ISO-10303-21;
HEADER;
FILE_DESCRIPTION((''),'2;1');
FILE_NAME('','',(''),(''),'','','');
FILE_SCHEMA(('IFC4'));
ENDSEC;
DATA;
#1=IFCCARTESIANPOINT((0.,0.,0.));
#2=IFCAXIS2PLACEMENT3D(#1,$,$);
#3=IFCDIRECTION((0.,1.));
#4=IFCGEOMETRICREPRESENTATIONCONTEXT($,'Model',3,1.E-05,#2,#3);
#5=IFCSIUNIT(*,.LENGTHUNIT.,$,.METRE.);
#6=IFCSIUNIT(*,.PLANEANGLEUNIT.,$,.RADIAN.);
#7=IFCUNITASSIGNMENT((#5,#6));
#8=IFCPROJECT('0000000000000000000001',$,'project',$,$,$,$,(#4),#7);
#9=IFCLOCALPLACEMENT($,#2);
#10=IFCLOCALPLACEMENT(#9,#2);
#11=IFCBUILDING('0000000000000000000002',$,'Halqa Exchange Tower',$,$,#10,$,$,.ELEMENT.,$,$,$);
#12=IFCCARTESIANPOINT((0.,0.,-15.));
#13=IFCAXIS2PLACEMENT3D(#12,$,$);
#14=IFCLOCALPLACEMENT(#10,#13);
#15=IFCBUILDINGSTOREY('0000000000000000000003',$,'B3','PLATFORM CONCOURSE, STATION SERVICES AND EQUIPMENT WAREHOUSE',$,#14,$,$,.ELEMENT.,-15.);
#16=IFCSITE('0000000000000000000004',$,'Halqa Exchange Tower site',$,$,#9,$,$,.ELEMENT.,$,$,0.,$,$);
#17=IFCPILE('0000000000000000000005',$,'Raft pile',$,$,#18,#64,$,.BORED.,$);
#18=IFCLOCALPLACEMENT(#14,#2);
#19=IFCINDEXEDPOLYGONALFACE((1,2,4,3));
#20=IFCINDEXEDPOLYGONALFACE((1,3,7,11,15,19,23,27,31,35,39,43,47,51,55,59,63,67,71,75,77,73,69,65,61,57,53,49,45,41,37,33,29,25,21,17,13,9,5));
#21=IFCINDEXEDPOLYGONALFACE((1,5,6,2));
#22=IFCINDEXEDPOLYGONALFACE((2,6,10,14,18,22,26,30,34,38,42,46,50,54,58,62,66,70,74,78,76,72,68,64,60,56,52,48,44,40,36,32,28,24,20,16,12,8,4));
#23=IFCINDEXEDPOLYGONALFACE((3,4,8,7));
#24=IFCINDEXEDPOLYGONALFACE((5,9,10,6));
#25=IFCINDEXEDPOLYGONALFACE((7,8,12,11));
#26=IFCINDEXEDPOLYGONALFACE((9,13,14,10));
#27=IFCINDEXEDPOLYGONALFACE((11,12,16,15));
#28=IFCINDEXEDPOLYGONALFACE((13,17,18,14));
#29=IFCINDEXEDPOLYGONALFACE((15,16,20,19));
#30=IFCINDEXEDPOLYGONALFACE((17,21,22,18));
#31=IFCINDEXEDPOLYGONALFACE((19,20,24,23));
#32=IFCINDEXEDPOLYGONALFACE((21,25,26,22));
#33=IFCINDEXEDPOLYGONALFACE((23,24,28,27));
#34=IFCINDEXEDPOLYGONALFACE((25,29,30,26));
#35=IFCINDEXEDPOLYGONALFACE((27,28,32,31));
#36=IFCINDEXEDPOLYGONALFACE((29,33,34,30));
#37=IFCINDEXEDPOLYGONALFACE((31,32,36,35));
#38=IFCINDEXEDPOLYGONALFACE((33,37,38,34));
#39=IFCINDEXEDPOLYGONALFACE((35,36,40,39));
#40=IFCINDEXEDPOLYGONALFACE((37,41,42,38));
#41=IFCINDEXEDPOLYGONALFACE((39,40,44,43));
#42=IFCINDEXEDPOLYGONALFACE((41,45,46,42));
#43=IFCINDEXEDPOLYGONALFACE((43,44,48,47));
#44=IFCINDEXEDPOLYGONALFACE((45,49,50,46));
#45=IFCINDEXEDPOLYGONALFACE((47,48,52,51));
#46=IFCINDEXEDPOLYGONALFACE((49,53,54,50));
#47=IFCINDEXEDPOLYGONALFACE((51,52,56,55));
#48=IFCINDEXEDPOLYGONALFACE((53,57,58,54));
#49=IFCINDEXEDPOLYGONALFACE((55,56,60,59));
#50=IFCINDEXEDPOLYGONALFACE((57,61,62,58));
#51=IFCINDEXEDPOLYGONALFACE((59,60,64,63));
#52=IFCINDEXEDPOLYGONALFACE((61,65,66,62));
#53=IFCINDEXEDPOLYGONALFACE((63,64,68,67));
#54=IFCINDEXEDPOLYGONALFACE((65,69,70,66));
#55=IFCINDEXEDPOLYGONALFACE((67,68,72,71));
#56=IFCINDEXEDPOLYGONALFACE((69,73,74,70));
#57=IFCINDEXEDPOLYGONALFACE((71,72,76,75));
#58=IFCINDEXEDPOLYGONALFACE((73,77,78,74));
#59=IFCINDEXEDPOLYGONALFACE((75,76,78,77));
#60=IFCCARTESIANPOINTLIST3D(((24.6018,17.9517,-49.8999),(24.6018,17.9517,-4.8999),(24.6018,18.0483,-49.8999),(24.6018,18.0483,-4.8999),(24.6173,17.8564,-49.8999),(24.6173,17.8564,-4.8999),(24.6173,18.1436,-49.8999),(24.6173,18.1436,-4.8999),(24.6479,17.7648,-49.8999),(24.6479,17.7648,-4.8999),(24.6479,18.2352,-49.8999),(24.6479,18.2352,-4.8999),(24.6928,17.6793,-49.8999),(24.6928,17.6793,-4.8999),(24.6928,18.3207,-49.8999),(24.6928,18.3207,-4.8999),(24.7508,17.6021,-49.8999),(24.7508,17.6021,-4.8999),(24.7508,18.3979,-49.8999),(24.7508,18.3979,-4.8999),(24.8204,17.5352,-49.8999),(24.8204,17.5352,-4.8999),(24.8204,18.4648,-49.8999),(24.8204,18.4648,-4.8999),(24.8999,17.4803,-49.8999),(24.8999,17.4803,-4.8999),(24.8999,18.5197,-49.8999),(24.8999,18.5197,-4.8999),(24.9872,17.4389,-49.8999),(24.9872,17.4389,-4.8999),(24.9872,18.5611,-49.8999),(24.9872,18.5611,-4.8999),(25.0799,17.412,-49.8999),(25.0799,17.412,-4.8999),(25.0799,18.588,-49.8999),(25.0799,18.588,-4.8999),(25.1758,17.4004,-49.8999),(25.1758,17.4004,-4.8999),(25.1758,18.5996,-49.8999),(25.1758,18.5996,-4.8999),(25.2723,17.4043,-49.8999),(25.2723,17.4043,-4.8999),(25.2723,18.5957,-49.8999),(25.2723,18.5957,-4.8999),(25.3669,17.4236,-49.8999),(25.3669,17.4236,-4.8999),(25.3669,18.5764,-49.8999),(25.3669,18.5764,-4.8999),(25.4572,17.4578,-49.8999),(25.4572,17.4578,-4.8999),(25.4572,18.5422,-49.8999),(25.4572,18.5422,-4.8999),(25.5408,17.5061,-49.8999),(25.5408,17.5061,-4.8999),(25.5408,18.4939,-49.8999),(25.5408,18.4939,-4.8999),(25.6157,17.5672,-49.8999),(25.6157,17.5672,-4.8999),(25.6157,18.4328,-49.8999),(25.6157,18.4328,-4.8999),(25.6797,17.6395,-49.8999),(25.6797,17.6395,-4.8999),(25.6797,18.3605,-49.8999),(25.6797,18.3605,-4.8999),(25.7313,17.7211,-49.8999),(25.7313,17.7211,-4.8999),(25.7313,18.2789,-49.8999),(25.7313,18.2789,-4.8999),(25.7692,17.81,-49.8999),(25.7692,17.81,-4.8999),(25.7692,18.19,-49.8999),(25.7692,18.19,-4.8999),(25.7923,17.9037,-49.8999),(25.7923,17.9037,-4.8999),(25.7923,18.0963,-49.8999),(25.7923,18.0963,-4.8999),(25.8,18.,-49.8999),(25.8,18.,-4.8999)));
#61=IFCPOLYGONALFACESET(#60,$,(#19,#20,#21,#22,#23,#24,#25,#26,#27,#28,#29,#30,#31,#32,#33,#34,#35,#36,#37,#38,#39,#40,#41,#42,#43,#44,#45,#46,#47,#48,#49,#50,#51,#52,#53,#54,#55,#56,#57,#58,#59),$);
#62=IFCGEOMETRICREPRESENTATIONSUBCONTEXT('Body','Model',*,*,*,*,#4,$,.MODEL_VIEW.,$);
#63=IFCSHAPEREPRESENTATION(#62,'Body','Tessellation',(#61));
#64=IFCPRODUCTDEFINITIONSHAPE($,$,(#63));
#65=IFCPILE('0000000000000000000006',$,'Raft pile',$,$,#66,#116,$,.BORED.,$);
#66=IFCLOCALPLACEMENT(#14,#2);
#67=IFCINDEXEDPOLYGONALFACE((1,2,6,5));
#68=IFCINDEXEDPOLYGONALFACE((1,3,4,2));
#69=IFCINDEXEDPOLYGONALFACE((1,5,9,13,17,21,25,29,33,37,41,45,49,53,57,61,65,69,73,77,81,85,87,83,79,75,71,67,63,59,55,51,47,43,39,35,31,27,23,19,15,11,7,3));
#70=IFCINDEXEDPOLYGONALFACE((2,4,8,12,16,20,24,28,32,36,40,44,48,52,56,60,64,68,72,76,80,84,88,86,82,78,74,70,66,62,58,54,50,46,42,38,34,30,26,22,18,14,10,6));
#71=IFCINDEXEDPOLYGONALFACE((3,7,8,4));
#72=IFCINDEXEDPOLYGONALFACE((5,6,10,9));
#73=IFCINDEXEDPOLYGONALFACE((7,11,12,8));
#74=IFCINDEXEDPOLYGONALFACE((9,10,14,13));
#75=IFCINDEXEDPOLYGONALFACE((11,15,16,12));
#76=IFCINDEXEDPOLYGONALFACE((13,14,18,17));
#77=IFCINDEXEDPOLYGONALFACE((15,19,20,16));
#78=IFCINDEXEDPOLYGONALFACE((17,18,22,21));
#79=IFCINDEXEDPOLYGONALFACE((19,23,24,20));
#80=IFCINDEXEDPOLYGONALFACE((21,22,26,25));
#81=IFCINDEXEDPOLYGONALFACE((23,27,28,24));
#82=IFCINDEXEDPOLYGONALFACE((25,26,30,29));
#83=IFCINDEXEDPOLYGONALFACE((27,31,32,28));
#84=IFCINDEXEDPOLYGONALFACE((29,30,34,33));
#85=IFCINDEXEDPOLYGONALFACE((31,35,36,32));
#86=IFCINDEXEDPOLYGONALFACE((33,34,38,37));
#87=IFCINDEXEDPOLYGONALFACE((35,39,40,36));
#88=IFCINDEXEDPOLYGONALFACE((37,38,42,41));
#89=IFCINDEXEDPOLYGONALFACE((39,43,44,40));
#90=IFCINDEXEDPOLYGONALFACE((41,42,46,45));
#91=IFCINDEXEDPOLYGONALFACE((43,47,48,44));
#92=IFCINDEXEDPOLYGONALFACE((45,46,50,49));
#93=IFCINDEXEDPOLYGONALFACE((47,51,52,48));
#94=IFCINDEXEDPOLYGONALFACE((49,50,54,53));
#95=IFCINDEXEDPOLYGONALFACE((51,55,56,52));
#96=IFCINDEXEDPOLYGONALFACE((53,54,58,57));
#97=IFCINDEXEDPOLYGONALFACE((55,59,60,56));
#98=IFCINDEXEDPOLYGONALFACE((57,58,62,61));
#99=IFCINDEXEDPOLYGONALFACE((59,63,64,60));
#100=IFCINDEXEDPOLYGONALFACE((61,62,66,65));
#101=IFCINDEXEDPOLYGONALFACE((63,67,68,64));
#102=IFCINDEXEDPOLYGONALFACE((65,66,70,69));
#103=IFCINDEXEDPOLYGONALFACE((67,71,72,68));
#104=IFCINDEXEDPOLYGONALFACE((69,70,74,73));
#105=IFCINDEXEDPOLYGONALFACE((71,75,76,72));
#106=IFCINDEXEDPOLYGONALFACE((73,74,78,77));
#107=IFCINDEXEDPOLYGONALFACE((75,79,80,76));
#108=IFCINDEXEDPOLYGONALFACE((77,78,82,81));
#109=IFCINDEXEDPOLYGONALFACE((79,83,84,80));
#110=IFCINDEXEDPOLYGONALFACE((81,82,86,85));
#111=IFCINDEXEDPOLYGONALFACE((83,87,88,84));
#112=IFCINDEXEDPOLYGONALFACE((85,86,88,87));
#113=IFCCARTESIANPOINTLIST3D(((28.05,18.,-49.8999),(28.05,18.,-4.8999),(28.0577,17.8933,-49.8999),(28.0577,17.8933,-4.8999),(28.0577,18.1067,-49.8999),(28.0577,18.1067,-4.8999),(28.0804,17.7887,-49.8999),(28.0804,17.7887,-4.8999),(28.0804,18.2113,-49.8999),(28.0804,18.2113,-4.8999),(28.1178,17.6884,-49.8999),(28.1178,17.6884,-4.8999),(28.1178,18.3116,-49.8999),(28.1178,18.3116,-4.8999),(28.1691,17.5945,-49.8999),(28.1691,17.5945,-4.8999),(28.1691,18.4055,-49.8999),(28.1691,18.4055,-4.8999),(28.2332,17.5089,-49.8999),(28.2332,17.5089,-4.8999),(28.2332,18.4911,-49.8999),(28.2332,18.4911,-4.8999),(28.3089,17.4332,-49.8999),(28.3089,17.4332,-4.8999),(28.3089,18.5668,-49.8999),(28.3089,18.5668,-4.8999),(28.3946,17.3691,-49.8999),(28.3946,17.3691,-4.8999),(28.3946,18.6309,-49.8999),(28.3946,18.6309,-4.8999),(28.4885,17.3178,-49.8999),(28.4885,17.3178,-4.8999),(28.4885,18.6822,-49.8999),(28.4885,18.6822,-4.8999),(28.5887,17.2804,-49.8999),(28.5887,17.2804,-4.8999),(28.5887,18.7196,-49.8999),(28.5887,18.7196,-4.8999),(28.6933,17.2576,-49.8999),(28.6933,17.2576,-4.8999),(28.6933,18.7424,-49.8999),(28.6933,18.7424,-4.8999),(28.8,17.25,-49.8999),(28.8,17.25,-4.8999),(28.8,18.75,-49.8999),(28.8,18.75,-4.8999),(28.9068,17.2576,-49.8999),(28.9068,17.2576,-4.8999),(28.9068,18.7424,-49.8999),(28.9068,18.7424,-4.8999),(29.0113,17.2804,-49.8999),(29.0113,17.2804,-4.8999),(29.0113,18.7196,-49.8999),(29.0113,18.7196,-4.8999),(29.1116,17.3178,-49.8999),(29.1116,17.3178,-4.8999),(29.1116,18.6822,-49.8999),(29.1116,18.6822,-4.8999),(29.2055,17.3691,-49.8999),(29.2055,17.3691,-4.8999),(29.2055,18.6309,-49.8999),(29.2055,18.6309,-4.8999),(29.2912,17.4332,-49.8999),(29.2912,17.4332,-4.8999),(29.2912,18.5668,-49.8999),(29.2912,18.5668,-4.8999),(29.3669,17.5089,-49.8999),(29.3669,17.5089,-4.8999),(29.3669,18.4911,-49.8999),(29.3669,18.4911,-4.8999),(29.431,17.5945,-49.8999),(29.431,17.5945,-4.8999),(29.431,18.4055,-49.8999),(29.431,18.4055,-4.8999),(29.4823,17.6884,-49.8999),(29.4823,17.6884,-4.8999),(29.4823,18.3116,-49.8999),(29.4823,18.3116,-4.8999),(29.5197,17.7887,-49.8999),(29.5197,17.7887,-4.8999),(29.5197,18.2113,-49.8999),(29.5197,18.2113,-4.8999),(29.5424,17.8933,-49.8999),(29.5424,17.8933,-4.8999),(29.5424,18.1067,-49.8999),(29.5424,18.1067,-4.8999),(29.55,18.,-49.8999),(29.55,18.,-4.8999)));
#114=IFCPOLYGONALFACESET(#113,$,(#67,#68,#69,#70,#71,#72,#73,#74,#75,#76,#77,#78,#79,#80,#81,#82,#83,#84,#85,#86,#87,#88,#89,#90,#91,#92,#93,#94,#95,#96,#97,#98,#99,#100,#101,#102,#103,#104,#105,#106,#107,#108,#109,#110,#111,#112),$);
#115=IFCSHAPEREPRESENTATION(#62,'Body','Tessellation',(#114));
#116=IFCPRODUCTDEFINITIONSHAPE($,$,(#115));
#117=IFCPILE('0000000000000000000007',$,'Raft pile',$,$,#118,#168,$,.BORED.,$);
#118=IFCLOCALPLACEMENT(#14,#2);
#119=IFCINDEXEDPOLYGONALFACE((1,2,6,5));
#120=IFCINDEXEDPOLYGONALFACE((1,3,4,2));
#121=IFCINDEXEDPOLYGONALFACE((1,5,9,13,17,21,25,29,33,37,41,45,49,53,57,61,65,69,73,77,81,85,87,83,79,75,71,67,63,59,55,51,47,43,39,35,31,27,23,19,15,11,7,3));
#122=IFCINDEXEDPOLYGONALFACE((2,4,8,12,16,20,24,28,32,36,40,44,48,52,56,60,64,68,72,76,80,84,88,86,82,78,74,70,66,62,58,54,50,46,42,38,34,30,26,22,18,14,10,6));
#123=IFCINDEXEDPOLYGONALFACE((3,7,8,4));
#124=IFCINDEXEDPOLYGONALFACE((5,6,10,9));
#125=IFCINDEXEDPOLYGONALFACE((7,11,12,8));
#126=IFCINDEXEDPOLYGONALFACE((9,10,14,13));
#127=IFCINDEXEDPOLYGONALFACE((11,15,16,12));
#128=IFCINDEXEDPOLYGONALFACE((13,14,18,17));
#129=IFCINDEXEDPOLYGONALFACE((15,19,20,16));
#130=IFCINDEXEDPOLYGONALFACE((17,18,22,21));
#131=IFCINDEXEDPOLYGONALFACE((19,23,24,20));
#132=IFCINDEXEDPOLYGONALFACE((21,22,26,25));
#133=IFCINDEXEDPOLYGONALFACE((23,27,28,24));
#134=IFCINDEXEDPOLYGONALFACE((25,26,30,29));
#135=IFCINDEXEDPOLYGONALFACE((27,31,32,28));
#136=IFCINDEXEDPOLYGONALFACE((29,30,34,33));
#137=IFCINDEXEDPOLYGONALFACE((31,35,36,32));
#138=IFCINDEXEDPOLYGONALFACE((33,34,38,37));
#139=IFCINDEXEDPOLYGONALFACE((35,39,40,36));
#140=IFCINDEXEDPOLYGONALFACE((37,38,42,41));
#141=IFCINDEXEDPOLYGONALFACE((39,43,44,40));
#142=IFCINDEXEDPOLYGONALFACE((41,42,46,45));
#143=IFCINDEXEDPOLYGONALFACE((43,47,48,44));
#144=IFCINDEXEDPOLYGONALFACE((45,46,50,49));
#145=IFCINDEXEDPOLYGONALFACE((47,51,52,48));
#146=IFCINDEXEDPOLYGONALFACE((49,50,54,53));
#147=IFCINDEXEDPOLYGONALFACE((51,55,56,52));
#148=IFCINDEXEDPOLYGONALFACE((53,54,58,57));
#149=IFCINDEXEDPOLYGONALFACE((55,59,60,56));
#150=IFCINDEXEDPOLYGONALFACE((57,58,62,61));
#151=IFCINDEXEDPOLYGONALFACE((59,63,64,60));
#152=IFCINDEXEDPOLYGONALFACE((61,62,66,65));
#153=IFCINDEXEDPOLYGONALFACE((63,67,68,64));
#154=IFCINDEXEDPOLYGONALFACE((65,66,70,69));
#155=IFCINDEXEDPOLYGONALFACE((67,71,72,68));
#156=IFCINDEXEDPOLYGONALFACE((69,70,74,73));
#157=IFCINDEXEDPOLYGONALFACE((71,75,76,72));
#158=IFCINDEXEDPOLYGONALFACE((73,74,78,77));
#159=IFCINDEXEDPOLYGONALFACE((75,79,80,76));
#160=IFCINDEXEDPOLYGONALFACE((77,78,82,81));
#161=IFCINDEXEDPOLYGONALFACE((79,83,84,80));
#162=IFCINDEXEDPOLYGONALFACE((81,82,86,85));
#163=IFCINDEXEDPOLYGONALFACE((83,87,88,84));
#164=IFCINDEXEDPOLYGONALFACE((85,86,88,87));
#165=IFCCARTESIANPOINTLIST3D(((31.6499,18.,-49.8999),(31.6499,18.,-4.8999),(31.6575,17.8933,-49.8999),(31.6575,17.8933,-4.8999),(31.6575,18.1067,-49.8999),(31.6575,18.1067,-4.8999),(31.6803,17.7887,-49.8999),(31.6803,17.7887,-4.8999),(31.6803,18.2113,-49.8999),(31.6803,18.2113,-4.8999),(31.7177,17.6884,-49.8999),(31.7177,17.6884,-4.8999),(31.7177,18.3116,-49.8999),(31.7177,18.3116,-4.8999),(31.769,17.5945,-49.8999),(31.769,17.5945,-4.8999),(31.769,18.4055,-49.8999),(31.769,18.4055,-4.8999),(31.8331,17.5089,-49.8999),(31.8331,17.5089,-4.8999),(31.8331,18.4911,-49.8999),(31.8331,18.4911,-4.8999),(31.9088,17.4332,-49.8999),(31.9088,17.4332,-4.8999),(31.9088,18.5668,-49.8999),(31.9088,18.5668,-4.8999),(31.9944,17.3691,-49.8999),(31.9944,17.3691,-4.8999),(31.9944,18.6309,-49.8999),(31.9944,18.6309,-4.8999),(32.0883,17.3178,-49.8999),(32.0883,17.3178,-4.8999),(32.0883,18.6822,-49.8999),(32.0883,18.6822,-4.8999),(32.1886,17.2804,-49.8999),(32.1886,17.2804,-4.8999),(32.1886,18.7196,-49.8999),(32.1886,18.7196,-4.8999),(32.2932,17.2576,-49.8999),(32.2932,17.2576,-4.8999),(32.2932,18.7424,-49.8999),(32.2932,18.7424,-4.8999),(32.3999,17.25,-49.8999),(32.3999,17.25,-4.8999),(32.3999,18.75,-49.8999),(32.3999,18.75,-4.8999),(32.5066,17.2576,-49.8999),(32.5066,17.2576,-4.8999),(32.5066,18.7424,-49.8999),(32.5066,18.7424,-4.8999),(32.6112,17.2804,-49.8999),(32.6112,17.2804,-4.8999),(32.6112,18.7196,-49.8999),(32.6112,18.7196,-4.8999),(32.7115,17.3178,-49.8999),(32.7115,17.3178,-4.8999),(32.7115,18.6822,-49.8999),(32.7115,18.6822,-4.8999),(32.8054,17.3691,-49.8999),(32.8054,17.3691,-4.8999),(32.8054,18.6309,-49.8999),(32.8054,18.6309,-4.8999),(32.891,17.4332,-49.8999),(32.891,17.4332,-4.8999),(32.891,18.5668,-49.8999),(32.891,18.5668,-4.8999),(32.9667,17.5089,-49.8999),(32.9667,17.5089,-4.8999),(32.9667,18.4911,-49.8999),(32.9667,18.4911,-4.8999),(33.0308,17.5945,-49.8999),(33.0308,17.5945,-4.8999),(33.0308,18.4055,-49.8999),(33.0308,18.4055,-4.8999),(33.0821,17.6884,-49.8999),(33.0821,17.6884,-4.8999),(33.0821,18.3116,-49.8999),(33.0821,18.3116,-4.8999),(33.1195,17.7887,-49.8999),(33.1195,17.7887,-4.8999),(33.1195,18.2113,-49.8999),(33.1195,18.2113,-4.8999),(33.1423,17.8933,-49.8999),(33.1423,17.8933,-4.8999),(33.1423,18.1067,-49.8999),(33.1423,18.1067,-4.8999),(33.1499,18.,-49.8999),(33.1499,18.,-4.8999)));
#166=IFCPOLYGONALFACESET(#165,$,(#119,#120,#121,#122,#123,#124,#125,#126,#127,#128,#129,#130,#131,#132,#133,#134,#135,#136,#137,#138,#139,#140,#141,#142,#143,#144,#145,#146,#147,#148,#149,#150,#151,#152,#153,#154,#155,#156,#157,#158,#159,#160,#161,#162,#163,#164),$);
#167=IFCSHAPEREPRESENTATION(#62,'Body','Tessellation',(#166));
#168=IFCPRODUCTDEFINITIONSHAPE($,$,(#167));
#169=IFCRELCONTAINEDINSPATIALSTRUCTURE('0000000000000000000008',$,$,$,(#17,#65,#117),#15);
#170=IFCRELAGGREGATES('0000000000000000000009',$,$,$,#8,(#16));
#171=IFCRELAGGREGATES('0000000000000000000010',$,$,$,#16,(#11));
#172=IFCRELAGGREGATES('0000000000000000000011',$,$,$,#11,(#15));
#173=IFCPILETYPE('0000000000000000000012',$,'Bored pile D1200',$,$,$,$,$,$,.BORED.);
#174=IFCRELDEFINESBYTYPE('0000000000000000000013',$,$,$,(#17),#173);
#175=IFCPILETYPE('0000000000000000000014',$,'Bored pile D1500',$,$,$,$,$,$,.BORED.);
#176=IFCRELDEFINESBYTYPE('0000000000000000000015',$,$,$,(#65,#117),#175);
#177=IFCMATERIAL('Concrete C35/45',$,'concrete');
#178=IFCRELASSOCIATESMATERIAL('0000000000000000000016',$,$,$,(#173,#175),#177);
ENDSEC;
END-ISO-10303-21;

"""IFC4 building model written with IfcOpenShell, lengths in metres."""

from ifc_helpers import new_model, si_unit, direction, frame, origin, origin_2d, place, context, subcontext, project, spatial, circle, extrude, material, material_profile, profile_set, type_object, element, save


model = new_model("IFC4")

# Units and contexts
model_context = context("Model", 3, precision=1e-05, world=origin(), true_north=direction((0.0, 1.0)))
body_context = subcontext(model_context, "Body", "Model", "MODEL_VIEW")
ifc_project = project(units=[si_unit("LENGTHUNIT", "METRE"), si_unit("PLANEANGLEUNIT", "RADIAN")], contexts=[model_context])

# Site, building, storey
site_placement = place(None, origin())
site = spatial("IfcSite", under=ifc_project, at=site_placement, Name="Halqa Exchange Tower site", CompositionType="ELEMENT", RefElevation=0.0)
building_placement = place(site_placement, origin())
building = spatial("IfcBuilding", under=site, at=building_placement, Name="Halqa Exchange Tower", CompositionType="ELEMENT")
storey_placement = place(building_placement, frame((0.0, 0.0, -15.0)))
storey = spatial("IfcBuildingStorey", under=building, at=storey_placement, Name="B3", Description="PLATFORM CONCOURSE, STATION SERVICES AND EQUIPMENT WAREHOUSE", CompositionType="ELEMENT", Elevation=-15.0)

# Piles
ifc_material_1 = material(Name="Concrete C35/45", Category="concrete")
ifc_material_profile_1 = material_profile(ifc_material_1, circle(Radius=0.6001, at=origin_2d()), Name="D1200")
ifc_profile_set_1 = profile_set([ifc_material_profile_1], Name="Concrete C35/45")
pile_type_1 = type_object("IfcPileType", Name="Bored pile D1200", PredefinedType="BORED", material=ifc_profile_set_1)
pile_placement = place(storey_placement, frame((25.2, 18.0, -4.8999), z_axis=(0.0, 0.0, -1.0), x_axis=(1.0, 0.0, 0.0)))
element("IfcPile", 1, at=pile_placement, inside=storey, type_object=pile_type_1, Name="Raft pile", PredefinedType="BORED", context=body_context, shape_type="SweptSolid", body=[
    extrude(circle(Radius=0.6001, at=origin_2d()), origin(), (0.0, 0.0, 1.0), 45.0),
])
ifc_material_profile_2 = material_profile(ifc_material_1, circle(Radius=0.75, at=origin_2d()), Name="D1500")
ifc_profile_set_2 = profile_set([ifc_material_profile_2], Name="Concrete C35/45")
pile_type_2 = type_object("IfcPileType", Name="Bored pile D1500", PredefinedType="BORED", material=ifc_profile_set_2)
for number, where, z_axis, x_axis, name in (
    (2, (28.8, 18.0, -4.8999), (0.0, 0.0, -1.0), (1.0, 0.0, 0.0), "Raft pile"),
    (3, (32.3999, 18.0, -4.8999), (0.0, 0.0, -1.0), (1.0, 0.0, 0.0), "Raft pile"),
):
    element("IfcPile", number, at=place(storey_placement, frame(where, z_axis=z_axis, x_axis=x_axis)), inside=storey, type_object=pile_type_2, Name=name, PredefinedType="BORED", context=body_context, shape_type="SweptSolid", body=[
        extrude(circle(Radius=0.75, at=origin_2d()), origin(), (0.0, 0.0, 1.0), 45.0),
    ])

save(model, "model.ifc")
